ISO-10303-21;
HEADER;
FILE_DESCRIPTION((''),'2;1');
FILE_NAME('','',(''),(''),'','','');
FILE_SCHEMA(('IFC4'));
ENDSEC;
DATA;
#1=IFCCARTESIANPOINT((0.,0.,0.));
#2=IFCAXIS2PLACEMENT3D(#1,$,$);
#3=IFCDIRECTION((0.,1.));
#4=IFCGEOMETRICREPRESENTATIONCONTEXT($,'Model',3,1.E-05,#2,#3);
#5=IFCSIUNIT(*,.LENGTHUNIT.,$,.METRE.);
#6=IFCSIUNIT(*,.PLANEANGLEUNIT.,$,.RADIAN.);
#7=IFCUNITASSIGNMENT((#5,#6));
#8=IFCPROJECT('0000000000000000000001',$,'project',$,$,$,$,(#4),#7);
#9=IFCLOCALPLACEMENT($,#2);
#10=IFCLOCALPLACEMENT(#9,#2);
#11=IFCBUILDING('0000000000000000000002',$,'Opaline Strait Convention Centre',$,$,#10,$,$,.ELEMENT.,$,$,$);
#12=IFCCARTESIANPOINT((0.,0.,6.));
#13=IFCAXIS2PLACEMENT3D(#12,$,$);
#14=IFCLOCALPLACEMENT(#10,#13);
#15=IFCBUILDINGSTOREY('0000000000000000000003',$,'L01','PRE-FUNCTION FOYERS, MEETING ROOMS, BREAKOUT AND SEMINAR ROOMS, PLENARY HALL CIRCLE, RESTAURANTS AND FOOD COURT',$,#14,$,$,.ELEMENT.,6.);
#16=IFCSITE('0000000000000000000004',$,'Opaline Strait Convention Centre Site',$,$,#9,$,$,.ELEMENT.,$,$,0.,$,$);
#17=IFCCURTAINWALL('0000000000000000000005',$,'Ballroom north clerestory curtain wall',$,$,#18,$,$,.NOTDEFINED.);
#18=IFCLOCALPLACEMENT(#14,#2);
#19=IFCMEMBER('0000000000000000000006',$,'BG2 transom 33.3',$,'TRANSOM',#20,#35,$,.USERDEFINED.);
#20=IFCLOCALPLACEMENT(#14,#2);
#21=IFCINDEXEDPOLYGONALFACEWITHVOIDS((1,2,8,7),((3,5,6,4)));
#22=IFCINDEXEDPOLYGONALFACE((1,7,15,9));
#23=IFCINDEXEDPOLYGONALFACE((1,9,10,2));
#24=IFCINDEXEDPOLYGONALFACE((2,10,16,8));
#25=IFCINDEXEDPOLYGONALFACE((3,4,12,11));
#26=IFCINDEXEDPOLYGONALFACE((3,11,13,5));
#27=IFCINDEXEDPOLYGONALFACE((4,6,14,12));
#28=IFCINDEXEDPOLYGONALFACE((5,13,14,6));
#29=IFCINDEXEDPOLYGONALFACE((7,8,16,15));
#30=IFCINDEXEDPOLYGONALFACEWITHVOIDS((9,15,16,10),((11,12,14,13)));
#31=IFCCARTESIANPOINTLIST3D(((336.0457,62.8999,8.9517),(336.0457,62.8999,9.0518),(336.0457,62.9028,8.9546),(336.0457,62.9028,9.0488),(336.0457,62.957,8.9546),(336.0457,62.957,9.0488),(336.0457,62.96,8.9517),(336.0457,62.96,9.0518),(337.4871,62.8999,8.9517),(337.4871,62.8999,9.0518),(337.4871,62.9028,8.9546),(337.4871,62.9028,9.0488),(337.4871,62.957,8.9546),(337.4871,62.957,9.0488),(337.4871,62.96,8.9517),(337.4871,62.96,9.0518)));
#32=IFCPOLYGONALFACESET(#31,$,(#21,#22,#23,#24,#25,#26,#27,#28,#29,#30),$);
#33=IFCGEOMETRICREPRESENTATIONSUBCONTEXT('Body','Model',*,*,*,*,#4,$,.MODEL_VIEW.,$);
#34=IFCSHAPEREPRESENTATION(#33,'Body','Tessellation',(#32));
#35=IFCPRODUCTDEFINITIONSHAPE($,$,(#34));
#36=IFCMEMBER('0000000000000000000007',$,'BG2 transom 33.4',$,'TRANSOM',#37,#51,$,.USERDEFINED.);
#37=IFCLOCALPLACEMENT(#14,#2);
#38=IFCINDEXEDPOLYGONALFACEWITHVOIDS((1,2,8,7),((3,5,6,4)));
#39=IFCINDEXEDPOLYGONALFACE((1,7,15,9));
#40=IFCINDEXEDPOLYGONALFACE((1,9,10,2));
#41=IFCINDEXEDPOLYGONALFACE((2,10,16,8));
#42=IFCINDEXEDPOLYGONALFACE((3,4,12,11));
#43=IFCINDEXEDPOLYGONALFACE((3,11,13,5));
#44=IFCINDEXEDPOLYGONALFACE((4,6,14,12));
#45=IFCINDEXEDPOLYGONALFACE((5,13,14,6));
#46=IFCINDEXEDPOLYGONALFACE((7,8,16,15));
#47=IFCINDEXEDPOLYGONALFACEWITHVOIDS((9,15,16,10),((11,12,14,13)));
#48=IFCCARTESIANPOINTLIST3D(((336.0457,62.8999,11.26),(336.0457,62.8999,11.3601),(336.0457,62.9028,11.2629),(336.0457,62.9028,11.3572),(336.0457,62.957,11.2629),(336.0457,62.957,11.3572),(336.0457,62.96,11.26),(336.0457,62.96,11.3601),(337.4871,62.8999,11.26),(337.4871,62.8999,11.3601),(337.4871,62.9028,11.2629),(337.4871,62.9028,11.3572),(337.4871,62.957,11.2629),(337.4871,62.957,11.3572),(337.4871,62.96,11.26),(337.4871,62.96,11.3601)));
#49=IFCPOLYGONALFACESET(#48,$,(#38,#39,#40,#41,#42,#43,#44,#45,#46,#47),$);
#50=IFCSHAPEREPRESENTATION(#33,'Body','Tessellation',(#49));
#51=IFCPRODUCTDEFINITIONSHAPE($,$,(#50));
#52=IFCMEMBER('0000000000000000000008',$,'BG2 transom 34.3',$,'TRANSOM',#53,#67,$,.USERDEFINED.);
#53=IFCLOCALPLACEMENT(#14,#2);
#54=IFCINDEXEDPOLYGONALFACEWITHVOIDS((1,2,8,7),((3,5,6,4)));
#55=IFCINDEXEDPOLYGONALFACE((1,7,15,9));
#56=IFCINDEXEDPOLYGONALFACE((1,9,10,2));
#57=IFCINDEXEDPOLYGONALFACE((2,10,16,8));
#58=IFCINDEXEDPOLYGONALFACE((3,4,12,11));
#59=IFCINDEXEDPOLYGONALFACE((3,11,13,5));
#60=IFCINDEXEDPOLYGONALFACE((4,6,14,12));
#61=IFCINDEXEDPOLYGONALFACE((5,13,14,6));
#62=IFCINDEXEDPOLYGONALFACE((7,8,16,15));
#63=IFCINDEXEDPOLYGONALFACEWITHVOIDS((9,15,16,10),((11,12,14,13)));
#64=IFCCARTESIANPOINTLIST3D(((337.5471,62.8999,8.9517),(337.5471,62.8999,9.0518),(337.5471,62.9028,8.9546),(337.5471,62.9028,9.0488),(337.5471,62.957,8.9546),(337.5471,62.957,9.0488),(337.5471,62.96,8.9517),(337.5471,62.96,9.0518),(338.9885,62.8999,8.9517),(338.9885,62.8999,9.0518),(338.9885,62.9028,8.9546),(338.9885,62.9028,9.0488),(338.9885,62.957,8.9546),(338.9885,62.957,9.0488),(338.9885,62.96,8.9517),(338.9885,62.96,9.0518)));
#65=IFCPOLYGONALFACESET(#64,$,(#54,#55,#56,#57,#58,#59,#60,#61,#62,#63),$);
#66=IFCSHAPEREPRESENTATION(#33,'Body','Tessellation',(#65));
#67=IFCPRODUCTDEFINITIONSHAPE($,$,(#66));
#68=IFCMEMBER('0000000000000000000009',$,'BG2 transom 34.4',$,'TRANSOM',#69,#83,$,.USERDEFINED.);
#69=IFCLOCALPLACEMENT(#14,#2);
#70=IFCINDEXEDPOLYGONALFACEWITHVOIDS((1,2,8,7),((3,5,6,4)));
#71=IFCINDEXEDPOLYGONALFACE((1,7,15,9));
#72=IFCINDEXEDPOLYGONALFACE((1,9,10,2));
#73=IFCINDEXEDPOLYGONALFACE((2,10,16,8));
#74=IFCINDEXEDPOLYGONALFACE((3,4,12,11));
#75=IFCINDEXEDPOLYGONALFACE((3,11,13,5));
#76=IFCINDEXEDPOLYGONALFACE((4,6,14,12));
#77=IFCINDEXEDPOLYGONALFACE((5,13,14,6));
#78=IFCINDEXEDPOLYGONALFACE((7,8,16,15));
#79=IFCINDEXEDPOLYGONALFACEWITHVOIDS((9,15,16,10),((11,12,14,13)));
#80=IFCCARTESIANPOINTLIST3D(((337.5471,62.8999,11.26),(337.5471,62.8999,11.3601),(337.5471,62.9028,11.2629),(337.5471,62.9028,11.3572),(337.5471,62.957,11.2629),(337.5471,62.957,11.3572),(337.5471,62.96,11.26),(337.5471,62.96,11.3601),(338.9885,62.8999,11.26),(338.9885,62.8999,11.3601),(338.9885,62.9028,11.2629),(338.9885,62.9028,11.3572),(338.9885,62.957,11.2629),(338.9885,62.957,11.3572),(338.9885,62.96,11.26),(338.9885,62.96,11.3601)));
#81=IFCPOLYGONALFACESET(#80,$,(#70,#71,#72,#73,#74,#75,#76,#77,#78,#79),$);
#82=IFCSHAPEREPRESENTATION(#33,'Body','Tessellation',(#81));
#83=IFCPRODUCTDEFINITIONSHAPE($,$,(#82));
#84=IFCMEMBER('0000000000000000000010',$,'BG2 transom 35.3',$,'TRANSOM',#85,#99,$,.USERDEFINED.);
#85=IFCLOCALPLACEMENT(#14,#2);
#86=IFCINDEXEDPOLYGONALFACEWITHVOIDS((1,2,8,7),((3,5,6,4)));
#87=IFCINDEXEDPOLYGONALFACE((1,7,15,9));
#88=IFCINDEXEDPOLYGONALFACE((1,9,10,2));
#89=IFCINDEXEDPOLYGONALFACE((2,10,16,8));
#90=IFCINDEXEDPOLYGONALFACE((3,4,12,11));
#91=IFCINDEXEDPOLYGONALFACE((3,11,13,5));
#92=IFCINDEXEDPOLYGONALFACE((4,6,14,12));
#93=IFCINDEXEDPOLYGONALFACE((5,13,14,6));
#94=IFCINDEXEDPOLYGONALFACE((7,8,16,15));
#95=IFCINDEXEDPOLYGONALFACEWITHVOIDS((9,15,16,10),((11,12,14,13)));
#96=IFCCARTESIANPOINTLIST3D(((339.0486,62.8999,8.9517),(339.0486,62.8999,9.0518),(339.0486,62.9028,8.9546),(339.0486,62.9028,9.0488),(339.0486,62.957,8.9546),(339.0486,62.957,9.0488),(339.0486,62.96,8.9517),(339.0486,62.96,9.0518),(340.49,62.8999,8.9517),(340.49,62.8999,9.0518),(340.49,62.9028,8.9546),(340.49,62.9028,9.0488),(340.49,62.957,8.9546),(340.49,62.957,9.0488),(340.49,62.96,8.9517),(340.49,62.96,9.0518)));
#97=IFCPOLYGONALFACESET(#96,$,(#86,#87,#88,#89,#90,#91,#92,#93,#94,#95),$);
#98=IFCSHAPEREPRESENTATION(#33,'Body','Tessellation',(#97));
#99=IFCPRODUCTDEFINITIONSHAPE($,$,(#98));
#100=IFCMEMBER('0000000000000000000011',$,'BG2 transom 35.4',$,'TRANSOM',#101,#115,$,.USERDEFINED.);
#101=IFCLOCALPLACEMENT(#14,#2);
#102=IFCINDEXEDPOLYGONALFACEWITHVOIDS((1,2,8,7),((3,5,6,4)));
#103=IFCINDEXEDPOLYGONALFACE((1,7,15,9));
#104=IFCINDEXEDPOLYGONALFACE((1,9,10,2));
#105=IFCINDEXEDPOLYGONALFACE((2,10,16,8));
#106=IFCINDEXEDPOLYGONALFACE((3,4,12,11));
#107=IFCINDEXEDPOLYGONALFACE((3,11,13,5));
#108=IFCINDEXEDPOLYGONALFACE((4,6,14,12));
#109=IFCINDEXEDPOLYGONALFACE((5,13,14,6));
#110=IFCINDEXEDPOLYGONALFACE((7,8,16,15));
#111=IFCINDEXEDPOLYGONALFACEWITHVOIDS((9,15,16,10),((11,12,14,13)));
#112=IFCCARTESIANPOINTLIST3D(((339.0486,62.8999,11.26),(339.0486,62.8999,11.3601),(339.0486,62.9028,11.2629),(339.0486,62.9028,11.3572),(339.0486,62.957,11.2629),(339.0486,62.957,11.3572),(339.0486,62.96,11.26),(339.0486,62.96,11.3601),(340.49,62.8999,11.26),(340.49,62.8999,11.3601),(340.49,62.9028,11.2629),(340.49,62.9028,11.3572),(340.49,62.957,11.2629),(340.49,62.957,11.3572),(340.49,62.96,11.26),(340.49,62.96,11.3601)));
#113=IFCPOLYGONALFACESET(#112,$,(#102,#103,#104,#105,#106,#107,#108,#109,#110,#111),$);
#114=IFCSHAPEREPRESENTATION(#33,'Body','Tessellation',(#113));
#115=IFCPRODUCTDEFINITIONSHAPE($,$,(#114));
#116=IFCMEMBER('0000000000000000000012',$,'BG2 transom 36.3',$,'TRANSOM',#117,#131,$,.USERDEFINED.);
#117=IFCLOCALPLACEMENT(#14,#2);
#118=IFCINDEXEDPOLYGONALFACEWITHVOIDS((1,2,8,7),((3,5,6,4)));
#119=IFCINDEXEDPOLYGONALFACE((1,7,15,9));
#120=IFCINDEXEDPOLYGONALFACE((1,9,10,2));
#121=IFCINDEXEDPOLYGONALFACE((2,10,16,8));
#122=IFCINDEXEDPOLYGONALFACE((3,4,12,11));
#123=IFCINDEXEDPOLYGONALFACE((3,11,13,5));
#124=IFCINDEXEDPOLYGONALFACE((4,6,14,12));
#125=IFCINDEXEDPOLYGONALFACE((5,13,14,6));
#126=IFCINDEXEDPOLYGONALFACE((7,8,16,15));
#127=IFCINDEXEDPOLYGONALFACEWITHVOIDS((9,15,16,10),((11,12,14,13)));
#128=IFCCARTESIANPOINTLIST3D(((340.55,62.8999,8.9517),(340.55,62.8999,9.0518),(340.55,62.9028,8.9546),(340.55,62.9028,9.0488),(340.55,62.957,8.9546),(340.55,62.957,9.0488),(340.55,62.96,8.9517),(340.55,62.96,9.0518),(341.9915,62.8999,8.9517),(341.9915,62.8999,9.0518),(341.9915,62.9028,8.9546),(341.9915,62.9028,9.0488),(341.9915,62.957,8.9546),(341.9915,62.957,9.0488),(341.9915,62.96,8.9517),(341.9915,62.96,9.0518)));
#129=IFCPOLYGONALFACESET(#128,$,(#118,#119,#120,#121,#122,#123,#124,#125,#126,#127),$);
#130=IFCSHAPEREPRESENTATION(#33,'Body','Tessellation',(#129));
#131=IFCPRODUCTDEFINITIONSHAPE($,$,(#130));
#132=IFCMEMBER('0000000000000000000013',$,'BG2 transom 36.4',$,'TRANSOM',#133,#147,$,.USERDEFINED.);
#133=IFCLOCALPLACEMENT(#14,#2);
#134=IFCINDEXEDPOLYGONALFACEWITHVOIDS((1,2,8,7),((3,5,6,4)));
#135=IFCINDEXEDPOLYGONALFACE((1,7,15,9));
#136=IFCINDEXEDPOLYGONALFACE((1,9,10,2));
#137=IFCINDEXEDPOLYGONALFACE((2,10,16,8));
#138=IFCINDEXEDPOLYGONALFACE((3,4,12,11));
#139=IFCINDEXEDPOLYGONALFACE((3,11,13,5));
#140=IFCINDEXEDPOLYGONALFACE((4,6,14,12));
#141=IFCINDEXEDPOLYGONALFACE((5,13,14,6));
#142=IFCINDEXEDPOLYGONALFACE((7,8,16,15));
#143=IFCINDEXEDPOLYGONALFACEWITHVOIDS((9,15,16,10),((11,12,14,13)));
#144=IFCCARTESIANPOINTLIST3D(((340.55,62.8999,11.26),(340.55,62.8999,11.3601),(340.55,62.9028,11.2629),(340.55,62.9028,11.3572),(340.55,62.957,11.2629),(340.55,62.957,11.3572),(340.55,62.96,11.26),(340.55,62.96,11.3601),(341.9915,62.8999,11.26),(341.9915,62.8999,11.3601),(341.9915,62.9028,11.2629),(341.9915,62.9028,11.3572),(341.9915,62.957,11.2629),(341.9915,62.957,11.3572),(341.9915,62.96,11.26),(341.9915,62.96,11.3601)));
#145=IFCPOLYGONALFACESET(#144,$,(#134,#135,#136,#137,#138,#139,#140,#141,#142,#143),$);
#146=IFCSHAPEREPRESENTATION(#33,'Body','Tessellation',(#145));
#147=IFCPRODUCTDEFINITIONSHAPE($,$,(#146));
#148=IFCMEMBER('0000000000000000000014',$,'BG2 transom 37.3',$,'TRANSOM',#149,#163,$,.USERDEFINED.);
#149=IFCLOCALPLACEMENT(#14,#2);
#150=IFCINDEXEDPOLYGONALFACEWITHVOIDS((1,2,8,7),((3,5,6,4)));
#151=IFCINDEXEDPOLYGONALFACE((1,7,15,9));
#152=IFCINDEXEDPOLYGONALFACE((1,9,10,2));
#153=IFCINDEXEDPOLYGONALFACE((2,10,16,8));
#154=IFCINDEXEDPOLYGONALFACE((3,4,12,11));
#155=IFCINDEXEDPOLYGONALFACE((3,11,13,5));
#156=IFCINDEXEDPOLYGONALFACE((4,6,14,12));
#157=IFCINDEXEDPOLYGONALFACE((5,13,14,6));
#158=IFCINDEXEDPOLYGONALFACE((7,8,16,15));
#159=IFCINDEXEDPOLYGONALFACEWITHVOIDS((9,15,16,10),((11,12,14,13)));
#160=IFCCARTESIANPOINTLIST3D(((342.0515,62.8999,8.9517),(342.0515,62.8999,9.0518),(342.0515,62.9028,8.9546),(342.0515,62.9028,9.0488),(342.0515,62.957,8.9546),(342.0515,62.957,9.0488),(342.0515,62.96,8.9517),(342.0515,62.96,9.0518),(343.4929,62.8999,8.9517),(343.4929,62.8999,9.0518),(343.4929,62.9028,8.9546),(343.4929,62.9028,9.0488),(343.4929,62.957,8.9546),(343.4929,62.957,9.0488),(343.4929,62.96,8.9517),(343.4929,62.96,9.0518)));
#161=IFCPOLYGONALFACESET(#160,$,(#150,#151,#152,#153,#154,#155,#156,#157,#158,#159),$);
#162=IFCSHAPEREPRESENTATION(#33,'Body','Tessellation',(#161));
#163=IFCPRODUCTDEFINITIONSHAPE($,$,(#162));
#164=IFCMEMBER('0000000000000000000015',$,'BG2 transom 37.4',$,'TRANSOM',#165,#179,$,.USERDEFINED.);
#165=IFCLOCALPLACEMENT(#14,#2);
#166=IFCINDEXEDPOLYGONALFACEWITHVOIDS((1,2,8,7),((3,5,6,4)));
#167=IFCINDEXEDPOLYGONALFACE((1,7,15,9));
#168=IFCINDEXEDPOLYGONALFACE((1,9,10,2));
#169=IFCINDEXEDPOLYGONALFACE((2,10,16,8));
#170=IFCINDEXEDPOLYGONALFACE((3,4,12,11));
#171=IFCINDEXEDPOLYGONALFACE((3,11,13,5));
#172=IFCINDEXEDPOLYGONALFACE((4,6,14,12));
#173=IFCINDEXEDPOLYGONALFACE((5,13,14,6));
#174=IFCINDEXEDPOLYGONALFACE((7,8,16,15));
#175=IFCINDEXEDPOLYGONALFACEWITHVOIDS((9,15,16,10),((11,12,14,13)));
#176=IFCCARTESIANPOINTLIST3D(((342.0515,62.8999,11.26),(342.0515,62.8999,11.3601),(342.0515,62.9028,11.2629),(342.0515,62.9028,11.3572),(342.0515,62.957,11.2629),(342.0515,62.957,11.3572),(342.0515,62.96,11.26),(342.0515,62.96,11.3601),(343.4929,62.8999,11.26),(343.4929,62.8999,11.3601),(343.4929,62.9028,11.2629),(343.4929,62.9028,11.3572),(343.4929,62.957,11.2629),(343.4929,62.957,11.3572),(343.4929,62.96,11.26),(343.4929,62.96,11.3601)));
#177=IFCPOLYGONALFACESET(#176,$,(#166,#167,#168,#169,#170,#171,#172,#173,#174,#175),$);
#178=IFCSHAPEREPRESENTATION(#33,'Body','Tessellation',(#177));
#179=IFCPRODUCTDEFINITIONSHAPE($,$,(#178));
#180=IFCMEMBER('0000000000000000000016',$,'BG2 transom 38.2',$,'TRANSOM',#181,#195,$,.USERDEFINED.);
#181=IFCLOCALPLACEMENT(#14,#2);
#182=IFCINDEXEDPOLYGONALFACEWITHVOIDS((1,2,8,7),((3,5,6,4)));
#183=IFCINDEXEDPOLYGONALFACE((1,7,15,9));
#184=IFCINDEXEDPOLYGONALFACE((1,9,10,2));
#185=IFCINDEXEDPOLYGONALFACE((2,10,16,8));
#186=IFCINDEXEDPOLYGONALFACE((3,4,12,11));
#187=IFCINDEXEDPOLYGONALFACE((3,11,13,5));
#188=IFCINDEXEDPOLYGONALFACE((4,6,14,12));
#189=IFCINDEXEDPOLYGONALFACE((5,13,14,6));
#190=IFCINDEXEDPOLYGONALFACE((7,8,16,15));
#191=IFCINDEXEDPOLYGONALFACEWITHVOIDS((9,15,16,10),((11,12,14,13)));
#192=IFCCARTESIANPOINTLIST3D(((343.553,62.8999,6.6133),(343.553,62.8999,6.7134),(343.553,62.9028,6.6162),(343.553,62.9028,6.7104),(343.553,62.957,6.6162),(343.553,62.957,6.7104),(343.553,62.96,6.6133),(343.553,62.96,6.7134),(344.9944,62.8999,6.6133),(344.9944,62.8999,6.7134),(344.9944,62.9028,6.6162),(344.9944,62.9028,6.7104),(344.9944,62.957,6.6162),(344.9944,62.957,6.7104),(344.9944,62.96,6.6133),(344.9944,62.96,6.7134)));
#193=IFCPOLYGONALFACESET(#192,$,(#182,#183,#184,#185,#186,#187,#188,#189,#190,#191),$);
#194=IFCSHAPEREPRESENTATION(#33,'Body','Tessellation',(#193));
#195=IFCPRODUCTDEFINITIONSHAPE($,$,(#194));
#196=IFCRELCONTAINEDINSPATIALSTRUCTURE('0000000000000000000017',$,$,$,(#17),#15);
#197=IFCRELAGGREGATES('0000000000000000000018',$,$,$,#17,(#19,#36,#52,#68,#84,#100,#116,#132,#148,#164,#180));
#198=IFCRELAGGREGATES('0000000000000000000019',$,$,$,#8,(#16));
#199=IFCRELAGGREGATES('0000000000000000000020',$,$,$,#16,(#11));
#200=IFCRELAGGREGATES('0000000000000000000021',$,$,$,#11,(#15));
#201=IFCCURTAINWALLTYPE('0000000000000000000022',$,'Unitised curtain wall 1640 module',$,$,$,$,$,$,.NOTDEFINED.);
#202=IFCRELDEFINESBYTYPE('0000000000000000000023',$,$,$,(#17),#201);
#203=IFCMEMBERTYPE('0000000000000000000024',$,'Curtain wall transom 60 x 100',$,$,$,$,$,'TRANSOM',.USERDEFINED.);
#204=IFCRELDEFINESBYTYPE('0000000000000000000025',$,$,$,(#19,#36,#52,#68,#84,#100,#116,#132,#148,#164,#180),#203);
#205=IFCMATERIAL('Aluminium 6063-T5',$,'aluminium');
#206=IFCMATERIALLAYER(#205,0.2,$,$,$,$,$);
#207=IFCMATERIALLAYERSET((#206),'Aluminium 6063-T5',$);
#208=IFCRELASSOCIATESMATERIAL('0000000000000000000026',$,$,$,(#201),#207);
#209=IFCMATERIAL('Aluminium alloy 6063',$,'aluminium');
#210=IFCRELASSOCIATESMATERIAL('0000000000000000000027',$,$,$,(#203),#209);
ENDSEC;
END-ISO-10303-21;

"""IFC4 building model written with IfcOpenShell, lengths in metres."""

from ifc_helpers import new_model, si_unit, direction, frame, origin, origin_2d, place, context, subcontext, project, spatial, hollow_rectangle, extrude, material, layer, layer_set, material_profile, profile_set, type_object, element, aggregate, save


model = new_model("IFC4")

# Units and contexts
model_context = context("Model", 3, precision=1e-05, world=origin(), true_north=direction((0.0, 1.0)))
body_context = subcontext(model_context, "Body", "Model", "MODEL_VIEW")
ifc_project = project(units=[si_unit("LENGTHUNIT", "METRE"), si_unit("PLANEANGLEUNIT", "RADIAN")], contexts=[model_context])

# Site, building, storey
site_placement = place(None, origin())
site = spatial("IfcSite", under=ifc_project, at=site_placement, Name="Opaline Strait Convention Centre Site", CompositionType="ELEMENT", RefElevation=0.0)
building_placement = place(site_placement, origin())
building = spatial("IfcBuilding", under=site, at=building_placement, Name="Opaline Strait Convention Centre", CompositionType="ELEMENT")
storey_placement = place(building_placement, frame((0.0, 0.0, 6.0)))
storey = spatial("IfcBuildingStorey", under=building, at=storey_placement, Name="L01", Description="PRE-FUNCTION FOYERS, MEETING ROOMS, BREAKOUT AND SEMINAR ROOMS, PLENARY HALL CIRCLE, RESTAURANTS AND FOOD COURT", CompositionType="ELEMENT", Elevation=6.0)

# Curtain wall, members
ifc_material_1 = material(Name="Aluminium 6063-T5", Category="aluminium")
ifc_layer_1 = layer(ifc_material_1, 0.2)
ifc_layer_set_1 = layer_set([ifc_layer_1], Name="Aluminium 6063-T5")
curtain_wall_type = type_object("IfcCurtainWallType", Name="Unitised curtain wall 1640 module", PredefinedType="NOTDEFINED", material=ifc_layer_set_1)
curtain_wall_placement = place(storey_placement, origin())
curtain_wall = element("IfcCurtainWall", 1, at=curtain_wall_placement, inside=storey, type_object=curtain_wall_type, Name="Ballroom north clerestory curtain wall", PredefinedType="NOTDEFINED")
ifc_material_2 = material(Name="Aluminium alloy 6063", Category="aluminium")
ifc_material_profile = material_profile(ifc_material_2, hollow_rectangle(XDim=0.0601, YDim=0.1001, WallThickness=0.0029, at=origin_2d()), Name="TRANSOM 60x100x3")
ifc_profile_set = profile_set([ifc_material_profile], Name="Aluminium alloy 6063")
member_type = type_object("IfcMemberType", Name="Curtain wall transom 60 x 100", ElementType="TRANSOM", PredefinedType="USERDEFINED", material=ifc_profile_set)
member_1_placement = place(storey_placement, frame((336.0457, 62.9299, 9.0017), z_axis=(1.0, 0.0, 0.0), x_axis=(0.0, 1.0, 0.0)))
member_1 = element("IfcMember", 2, at=member_1_placement, type_object=member_type, Name="BG2 transom 33.3", ObjectType="TRANSOM", PredefinedType="USERDEFINED", context=body_context, shape_type="SweptSolid", body=[
    extrude(hollow_rectangle(XDim=0.0601, YDim=0.1001, WallThickness=0.0029, at=origin_2d()), origin(), (0.0, 0.0, 1.0), 1.4414),
])
member_2_placement = place(storey_placement, frame((336.0457, 62.9299, 11.3101), z_axis=(1.0, 0.0, 0.0), x_axis=(0.0, 1.0, 0.0)))
member_2 = element("IfcMember", 3, at=member_2_placement, type_object=member_type, Name="BG2 transom 33.4", ObjectType="TRANSOM", PredefinedType="USERDEFINED", context=body_context, shape_type="SweptSolid", body=[
    extrude(hollow_rectangle(XDim=0.0601, YDim=0.1001, WallThickness=0.0029, at=origin_2d()), origin(), (0.0, 0.0, 1.0), 1.4414),
])
member_3_placement = place(storey_placement, frame((337.5471, 62.9299, 9.0017), z_axis=(1.0, 0.0, 0.0), x_axis=(0.0, 1.0, 0.0)))
member_3 = element("IfcMember", 4, at=member_3_placement, type_object=member_type, Name="BG2 transom 34.3", ObjectType="TRANSOM", PredefinedType="USERDEFINED", context=body_context, shape_type="SweptSolid", body=[
    extrude(hollow_rectangle(XDim=0.0601, YDim=0.1001, WallThickness=0.0029, at=origin_2d()), origin(), (0.0, 0.0, 1.0), 1.4414),
])
member_4_placement = place(storey_placement, frame((337.5471, 62.9299, 11.3101), z_axis=(1.0, 0.0, 0.0), x_axis=(0.0, 1.0, 0.0)))
member_4 = element("IfcMember", 5, at=member_4_placement, type_object=member_type, Name="BG2 transom 34.4", ObjectType="TRANSOM", PredefinedType="USERDEFINED", context=body_context, shape_type="SweptSolid", body=[
    extrude(hollow_rectangle(XDim=0.0601, YDim=0.1001, WallThickness=0.0029, at=origin_2d()), origin(), (0.0, 0.0, 1.0), 1.4414),
])
member_5_placement = place(storey_placement, frame((339.0486, 62.9299, 9.0017), z_axis=(1.0, 0.0, 0.0), x_axis=(0.0, 1.0, 0.0)))
member_5 = element("IfcMember", 6, at=member_5_placement, type_object=member_type, Name="BG2 transom 35.3", ObjectType="TRANSOM", PredefinedType="USERDEFINED", context=body_context, shape_type="SweptSolid", body=[
    extrude(hollow_rectangle(XDim=0.0601, YDim=0.1001, WallThickness=0.0029, at=origin_2d()), origin(), (0.0, 0.0, 1.0), 1.4414),
])
member_6_placement = place(storey_placement, frame((339.0486, 62.9299, 11.3101), z_axis=(1.0, 0.0, 0.0), x_axis=(0.0, 1.0, 0.0)))
member_6 = element("IfcMember", 7, at=member_6_placement, type_object=member_type, Name="BG2 transom 35.4", ObjectType="TRANSOM", PredefinedType="USERDEFINED", context=body_context, shape_type="SweptSolid", body=[
    extrude(hollow_rectangle(XDim=0.0601, YDim=0.1001, WallThickness=0.0029, at=origin_2d()), origin(), (0.0, 0.0, 1.0), 1.4414),
])
member_7_placement = place(storey_placement, frame((340.55, 62.9299, 9.0017), z_axis=(1.0, 0.0, 0.0), x_axis=(0.0, 1.0, 0.0)))
member_7 = element("IfcMember", 8, at=member_7_placement, type_object=member_type, Name="BG2 transom 36.3", ObjectType="TRANSOM", PredefinedType="USERDEFINED", context=body_context, shape_type="SweptSolid", body=[
    extrude(hollow_rectangle(XDim=0.0601, YDim=0.1001, WallThickness=0.0029, at=origin_2d()), origin(), (0.0, 0.0, 1.0), 1.4414),
])
member_8_placement = place(storey_placement, frame((340.55, 62.9299, 11.3101), z_axis=(1.0, 0.0, 0.0), x_axis=(0.0, 1.0, 0.0)))
member_8 = element("IfcMember", 9, at=member_8_placement, type_object=member_type, Name="BG2 transom 36.4", ObjectType="TRANSOM", PredefinedType="USERDEFINED", context=body_context, shape_type="SweptSolid", body=[
    extrude(hollow_rectangle(XDim=0.0601, YDim=0.1001, WallThickness=0.0029, at=origin_2d()), origin(), (0.0, 0.0, 1.0), 1.4414),
])
member_9_placement = place(storey_placement, frame((342.0515, 62.9299, 9.0017), z_axis=(1.0, 0.0, 0.0), x_axis=(0.0, 1.0, 0.0)))
member_9 = element("IfcMember", 10, at=member_9_placement, type_object=member_type, Name="BG2 transom 37.3", ObjectType="TRANSOM", PredefinedType="USERDEFINED", context=body_context, shape_type="SweptSolid", body=[
    extrude(hollow_rectangle(XDim=0.0601, YDim=0.1001, WallThickness=0.0029, at=origin_2d()), origin(), (0.0, 0.0, 1.0), 1.4414),
])
member_10_placement = place(storey_placement, frame((342.0515, 62.9299, 11.3101), z_axis=(1.0, 0.0, 0.0), x_axis=(0.0, 1.0, 0.0)))
member_10 = element("IfcMember", 11, at=member_10_placement, type_object=member_type, Name="BG2 transom 37.4", ObjectType="TRANSOM", PredefinedType="USERDEFINED", context=body_context, shape_type="SweptSolid", body=[
    extrude(hollow_rectangle(XDim=0.0601, YDim=0.1001, WallThickness=0.0029, at=origin_2d()), origin(), (0.0, 0.0, 1.0), 1.4414),
])
member_11_placement = place(storey_placement, frame((343.553, 62.9299, 6.6633), z_axis=(1.0, 0.0, 0.0), x_axis=(0.0, 1.0, 0.0)))
member_11 = element("IfcMember", 12, at=member_11_placement, type_object=member_type, Name="BG2 transom 38.2", ObjectType="TRANSOM", PredefinedType="USERDEFINED", context=body_context, shape_type="SweptSolid", body=[
    extrude(hollow_rectangle(XDim=0.0601, YDim=0.1001, WallThickness=0.0029, at=origin_2d()), origin(), (0.0, 0.0, 1.0), 1.4414),
])
aggregate(curtain_wall, [member_1, member_2, member_3, member_4, member_5, member_6, member_7, member_8, member_9, member_10, member_11])

save(model, "model.ifc")
